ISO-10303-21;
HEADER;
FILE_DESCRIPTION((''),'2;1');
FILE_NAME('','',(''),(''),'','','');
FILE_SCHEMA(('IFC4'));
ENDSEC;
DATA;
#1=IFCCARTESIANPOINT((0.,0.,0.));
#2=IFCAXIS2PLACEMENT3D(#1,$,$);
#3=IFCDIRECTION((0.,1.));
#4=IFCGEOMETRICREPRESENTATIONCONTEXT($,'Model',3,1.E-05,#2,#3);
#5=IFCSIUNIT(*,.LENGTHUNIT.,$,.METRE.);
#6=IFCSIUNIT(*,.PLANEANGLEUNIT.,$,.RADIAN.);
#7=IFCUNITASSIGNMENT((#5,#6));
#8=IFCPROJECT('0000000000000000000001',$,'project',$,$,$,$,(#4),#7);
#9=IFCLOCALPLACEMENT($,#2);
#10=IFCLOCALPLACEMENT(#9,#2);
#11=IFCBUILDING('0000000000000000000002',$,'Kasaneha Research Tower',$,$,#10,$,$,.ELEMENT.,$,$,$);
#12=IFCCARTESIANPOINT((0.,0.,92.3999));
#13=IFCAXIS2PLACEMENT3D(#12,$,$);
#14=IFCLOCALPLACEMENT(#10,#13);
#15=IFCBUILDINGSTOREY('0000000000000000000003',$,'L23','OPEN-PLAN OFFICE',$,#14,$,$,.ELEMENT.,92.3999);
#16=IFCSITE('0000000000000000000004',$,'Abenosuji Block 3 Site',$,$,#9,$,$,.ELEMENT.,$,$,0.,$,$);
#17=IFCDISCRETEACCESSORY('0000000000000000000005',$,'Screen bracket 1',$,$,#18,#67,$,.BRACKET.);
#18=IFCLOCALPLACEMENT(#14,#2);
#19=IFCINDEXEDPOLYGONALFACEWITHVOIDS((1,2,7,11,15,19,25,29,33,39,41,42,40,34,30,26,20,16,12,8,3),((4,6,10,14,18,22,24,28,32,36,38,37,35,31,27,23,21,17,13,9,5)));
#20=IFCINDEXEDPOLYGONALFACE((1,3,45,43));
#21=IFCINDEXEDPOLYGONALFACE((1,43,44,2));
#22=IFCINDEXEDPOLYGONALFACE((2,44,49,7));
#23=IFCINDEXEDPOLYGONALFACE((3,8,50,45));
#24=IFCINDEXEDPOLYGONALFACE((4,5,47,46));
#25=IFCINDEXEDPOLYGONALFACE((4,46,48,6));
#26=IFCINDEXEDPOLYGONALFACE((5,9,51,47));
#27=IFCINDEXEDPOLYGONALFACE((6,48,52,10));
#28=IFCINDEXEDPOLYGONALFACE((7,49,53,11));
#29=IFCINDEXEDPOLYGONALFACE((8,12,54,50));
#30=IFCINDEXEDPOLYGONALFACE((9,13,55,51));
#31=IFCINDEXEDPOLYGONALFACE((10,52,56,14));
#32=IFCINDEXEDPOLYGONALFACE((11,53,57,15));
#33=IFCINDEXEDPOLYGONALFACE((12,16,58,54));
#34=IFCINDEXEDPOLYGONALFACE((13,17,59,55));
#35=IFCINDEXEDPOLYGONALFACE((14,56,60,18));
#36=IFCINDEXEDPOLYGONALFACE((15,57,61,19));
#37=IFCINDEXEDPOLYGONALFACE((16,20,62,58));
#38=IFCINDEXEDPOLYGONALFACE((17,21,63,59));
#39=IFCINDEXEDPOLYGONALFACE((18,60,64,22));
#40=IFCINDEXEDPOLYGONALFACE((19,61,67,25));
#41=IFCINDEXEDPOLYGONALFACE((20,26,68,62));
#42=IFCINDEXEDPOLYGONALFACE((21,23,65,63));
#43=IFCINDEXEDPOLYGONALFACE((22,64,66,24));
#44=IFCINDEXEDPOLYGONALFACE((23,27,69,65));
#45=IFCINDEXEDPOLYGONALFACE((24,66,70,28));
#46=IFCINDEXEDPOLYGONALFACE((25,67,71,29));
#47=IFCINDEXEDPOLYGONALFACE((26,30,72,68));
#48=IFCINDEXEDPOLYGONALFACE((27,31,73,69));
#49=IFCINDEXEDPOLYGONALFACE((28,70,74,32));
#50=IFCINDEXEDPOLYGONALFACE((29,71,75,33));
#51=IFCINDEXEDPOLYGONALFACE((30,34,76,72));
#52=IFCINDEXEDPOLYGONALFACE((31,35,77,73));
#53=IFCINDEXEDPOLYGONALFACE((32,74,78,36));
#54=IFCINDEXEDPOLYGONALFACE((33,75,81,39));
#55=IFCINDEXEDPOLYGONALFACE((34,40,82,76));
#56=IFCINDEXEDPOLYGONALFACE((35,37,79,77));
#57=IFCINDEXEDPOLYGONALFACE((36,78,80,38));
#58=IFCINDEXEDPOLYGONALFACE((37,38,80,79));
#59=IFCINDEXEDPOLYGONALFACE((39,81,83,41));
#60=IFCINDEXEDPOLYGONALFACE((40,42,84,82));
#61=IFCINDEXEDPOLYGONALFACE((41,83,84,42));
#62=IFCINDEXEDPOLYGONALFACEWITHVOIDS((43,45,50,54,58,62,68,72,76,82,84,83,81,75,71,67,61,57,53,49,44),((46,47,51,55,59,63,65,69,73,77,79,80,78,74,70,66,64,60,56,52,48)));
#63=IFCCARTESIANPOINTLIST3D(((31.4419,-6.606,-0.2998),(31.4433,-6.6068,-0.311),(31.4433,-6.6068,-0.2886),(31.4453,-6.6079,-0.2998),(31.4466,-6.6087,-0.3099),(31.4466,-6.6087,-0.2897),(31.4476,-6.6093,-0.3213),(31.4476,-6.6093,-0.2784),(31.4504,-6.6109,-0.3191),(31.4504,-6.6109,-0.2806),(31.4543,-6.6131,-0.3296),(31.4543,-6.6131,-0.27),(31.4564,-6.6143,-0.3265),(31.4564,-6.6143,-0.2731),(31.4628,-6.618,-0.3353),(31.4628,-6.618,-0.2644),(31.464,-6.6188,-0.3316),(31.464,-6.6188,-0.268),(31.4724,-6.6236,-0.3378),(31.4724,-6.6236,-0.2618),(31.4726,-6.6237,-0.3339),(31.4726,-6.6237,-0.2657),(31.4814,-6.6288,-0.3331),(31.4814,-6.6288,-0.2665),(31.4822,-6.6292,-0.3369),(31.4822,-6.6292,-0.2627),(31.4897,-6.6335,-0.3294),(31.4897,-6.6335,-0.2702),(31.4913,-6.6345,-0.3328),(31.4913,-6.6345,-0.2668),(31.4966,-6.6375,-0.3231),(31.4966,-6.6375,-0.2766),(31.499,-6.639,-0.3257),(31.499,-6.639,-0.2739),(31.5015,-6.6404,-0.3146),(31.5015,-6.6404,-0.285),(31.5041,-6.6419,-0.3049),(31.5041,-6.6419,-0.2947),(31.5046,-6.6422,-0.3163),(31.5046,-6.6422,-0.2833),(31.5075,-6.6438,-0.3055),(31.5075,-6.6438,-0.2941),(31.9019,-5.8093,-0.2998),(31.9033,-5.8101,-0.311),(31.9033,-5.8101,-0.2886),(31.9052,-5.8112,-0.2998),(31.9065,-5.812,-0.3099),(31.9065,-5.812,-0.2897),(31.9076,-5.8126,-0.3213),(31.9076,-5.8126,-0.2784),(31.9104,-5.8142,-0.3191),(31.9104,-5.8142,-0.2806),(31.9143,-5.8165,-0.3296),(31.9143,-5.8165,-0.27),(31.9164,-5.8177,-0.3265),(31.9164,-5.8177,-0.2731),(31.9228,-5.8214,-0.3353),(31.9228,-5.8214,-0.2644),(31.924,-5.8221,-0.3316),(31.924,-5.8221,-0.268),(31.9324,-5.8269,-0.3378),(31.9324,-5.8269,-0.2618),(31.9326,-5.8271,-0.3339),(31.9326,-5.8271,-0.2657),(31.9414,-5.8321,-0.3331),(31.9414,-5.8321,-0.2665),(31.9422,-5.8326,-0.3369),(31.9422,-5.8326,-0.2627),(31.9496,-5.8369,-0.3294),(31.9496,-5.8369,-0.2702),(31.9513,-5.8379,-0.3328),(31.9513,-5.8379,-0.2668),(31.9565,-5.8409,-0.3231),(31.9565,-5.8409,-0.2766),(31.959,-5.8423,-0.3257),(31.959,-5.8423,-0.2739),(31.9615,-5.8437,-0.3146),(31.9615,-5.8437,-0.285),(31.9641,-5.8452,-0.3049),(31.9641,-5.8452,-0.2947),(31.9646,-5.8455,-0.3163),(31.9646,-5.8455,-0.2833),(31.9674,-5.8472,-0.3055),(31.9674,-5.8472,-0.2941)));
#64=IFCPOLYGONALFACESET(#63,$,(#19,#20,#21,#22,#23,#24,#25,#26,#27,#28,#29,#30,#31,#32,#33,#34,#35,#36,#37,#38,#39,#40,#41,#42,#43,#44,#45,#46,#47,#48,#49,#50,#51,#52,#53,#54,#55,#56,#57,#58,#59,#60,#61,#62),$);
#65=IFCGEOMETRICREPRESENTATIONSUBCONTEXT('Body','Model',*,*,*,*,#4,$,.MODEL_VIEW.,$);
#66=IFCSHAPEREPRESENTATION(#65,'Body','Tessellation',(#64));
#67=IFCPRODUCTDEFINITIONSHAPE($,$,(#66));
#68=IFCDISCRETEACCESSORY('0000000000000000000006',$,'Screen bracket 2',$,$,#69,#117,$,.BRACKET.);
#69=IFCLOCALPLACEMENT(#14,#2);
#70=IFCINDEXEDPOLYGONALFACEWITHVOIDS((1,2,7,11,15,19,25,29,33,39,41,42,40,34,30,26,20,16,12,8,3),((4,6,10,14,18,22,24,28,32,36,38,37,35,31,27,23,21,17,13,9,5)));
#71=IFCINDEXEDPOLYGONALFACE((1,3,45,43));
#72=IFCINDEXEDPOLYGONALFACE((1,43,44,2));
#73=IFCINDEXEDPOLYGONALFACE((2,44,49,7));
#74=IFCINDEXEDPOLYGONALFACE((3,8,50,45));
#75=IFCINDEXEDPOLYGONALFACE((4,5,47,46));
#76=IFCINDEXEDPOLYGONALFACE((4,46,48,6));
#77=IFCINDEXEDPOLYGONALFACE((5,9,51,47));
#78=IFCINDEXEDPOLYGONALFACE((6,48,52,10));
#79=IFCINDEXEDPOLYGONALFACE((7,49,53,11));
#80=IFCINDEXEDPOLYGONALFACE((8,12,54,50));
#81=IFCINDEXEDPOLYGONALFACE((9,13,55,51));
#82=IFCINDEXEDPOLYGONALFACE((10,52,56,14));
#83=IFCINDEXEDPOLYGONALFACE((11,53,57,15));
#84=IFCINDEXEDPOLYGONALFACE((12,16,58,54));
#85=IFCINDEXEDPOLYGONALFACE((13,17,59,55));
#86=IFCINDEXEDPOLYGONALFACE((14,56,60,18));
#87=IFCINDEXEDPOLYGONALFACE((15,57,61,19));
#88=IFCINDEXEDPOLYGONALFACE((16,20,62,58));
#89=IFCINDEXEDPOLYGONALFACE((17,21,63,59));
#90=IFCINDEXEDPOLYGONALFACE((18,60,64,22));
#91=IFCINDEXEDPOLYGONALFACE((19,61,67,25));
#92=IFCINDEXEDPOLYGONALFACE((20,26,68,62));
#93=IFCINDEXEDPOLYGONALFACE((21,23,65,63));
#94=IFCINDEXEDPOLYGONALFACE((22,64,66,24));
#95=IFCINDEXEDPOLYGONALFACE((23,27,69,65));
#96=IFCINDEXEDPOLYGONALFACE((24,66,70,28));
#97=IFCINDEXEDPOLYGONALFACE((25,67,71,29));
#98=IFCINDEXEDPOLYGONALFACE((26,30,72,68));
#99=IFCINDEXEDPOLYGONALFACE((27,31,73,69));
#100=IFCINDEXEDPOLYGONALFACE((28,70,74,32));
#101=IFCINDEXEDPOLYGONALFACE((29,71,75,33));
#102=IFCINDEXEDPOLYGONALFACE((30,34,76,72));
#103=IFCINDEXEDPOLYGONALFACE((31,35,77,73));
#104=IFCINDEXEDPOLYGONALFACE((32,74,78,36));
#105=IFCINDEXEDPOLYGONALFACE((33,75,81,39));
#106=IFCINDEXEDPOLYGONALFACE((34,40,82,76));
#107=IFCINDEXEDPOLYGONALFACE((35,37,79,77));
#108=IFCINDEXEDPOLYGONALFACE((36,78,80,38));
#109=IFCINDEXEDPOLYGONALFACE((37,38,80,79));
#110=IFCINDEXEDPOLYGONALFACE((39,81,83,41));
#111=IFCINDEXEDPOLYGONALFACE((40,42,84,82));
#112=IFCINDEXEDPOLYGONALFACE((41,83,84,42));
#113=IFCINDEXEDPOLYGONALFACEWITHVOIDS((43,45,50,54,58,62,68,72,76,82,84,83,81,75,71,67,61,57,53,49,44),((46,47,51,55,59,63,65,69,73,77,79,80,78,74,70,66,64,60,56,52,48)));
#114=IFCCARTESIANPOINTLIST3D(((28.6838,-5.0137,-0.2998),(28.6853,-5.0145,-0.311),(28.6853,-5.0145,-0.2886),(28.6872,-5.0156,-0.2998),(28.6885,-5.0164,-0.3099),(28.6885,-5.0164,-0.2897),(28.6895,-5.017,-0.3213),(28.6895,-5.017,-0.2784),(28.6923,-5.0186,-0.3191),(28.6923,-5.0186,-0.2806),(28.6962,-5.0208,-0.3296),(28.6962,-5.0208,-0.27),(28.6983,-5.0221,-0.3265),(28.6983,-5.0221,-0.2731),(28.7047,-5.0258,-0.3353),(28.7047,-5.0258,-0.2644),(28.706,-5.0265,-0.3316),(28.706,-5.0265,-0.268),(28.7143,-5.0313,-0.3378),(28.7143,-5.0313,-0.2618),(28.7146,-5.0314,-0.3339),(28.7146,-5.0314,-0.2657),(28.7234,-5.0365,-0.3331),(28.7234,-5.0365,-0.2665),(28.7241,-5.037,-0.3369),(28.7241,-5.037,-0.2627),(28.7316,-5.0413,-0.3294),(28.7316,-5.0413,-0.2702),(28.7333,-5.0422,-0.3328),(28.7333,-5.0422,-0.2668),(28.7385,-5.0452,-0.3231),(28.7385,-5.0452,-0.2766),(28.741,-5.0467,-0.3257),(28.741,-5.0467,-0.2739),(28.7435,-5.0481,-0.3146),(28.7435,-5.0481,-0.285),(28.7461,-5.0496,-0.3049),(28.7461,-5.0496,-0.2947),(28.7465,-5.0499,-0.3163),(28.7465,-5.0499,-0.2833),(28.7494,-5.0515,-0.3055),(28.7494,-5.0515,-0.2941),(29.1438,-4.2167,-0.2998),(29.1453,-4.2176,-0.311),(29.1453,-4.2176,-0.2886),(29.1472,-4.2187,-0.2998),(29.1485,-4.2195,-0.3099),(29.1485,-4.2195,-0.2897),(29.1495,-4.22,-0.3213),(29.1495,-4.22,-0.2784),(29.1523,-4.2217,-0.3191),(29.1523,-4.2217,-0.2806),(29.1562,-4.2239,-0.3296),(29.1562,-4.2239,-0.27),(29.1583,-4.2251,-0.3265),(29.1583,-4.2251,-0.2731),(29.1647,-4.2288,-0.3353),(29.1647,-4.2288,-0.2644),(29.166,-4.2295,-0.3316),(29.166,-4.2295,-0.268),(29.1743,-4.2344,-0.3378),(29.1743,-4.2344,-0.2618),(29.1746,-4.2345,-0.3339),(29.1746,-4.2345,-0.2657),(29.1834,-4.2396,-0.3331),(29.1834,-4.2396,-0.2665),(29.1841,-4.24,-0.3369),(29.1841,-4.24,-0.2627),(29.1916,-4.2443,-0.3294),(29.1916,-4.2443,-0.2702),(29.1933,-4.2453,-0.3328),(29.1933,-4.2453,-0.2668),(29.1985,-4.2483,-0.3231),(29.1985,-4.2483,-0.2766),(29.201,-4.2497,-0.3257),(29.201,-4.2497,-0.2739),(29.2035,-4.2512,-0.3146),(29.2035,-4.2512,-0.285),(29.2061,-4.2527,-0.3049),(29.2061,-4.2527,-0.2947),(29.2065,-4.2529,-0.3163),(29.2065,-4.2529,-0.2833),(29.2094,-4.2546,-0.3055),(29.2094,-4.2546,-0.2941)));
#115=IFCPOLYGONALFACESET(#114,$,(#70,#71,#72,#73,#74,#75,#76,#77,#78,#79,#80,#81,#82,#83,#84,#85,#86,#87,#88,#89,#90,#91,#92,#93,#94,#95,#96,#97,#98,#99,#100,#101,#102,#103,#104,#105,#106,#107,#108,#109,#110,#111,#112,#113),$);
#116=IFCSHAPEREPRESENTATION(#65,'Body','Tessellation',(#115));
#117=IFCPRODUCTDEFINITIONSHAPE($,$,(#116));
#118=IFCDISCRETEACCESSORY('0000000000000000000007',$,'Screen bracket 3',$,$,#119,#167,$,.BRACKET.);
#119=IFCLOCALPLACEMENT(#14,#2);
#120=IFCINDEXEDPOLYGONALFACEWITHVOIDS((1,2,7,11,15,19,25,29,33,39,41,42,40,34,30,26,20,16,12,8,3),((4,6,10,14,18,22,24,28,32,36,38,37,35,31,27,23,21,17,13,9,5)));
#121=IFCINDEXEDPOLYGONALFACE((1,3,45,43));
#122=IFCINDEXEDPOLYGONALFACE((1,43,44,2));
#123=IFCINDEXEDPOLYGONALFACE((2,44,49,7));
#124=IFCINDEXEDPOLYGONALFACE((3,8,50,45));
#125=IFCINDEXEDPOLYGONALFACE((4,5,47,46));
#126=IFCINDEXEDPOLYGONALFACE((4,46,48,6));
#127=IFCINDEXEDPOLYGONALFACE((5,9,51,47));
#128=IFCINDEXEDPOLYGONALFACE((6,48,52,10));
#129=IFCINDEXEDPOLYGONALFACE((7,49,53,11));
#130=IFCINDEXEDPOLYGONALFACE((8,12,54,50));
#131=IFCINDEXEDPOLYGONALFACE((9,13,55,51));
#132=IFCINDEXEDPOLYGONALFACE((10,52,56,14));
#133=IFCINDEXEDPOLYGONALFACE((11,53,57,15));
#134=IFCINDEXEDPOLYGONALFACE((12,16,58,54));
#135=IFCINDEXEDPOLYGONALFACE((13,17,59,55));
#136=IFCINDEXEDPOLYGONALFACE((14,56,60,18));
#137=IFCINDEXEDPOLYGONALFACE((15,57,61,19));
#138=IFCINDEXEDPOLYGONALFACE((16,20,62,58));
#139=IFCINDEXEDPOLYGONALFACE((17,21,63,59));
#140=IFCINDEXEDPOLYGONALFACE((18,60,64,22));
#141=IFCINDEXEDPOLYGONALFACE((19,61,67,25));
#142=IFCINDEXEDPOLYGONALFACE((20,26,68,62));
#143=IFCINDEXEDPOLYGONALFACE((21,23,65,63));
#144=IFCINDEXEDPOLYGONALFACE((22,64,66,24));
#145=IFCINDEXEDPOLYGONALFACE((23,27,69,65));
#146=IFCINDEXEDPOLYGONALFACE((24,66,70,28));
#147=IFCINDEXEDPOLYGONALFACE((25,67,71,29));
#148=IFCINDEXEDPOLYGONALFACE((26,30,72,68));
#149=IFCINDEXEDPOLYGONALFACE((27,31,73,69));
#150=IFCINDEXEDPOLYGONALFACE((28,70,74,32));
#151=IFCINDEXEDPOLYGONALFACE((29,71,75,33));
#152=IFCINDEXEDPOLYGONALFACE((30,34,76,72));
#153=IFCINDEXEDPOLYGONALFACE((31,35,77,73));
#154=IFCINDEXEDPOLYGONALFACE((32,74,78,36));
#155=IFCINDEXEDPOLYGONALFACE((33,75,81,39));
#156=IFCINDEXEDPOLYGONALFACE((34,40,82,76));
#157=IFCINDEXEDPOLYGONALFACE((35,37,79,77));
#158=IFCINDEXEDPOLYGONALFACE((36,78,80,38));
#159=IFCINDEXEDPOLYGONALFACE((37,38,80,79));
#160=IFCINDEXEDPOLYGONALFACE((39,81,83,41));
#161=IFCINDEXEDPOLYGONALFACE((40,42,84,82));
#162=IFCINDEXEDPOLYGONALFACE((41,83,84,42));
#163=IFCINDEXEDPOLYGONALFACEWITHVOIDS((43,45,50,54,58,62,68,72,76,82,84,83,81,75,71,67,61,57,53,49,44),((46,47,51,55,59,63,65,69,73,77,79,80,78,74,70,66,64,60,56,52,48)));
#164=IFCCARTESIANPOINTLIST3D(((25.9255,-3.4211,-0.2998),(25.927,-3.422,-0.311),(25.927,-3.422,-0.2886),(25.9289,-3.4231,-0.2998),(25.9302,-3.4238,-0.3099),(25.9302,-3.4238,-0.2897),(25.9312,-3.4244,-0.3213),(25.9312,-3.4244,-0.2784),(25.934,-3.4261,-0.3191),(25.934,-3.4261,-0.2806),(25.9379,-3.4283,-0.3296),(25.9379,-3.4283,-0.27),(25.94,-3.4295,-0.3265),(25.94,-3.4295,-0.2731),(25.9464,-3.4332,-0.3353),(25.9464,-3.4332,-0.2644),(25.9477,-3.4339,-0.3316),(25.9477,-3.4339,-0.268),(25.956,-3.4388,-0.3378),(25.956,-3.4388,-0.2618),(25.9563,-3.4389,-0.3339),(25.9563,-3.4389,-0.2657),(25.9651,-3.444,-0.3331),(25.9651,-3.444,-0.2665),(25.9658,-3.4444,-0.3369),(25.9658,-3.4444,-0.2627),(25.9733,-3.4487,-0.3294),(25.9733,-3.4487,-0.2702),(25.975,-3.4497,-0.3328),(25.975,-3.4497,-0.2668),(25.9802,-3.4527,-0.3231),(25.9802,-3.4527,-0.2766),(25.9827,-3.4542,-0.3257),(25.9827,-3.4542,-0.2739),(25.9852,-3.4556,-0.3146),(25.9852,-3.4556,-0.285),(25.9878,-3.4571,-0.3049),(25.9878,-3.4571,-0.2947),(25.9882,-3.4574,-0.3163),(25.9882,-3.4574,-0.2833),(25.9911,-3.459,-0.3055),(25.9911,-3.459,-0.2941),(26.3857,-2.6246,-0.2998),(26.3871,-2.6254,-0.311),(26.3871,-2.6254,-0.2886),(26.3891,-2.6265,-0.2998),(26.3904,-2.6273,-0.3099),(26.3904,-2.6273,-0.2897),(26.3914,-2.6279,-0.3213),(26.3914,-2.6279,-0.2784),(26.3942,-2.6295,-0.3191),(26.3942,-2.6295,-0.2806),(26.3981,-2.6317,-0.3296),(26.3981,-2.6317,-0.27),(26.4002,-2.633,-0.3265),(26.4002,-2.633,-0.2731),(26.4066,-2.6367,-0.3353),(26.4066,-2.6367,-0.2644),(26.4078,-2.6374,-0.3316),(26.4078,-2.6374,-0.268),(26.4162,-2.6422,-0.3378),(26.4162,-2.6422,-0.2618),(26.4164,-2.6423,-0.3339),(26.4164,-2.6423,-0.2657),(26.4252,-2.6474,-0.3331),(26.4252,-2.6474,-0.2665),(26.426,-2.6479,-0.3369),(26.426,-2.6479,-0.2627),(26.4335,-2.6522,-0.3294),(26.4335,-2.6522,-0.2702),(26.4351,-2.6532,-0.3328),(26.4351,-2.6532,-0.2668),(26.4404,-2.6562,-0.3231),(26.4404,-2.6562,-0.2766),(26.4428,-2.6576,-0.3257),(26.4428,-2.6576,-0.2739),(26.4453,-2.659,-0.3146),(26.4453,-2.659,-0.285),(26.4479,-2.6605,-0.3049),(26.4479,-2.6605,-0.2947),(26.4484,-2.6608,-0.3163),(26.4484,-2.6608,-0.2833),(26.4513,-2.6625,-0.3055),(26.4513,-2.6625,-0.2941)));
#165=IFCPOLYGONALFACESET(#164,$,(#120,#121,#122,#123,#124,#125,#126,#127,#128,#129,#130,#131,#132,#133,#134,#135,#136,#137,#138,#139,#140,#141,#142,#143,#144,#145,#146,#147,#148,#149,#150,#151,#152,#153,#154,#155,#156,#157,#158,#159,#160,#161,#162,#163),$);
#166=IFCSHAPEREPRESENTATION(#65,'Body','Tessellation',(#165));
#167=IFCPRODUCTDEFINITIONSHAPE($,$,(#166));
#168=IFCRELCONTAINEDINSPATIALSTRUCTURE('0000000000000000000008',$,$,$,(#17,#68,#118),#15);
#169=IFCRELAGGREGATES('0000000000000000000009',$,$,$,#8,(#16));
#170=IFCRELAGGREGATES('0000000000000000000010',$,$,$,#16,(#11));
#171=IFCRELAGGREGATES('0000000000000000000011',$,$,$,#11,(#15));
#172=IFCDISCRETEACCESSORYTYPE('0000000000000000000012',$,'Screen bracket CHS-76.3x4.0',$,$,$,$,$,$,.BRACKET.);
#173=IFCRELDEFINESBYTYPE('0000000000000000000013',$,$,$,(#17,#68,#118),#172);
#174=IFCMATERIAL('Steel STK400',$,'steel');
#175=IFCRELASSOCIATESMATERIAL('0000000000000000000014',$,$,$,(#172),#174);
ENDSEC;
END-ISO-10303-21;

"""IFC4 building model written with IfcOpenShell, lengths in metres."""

from ifc_helpers import new_model, si_unit, direction, frame, origin, origin_2d, place, context, subcontext, project, spatial, hollow_circle, extrude, material, material_profile, profile_set, type_object, element, save


model = new_model("IFC4")

# Units and contexts
model_context = context("Model", 3, precision=1e-05, world=origin(), true_north=direction((0.0, 1.0)))
body_context = subcontext(model_context, "Body", "Model", "MODEL_VIEW")
ifc_project = project(units=[si_unit("LENGTHUNIT", "METRE"), si_unit("PLANEANGLEUNIT", "RADIAN")], contexts=[model_context])

# Site, building, storey
site_placement = place(None, origin())
site = spatial("IfcSite", under=ifc_project, at=site_placement, Name="Abenosuji Block 3 Site", CompositionType="ELEMENT", RefElevation=0.0)
building_placement = place(site_placement, origin())
building = spatial("IfcBuilding", under=site, at=building_placement, Name="Kasaneha Research Tower", CompositionType="ELEMENT")
storey_placement = place(building_placement, frame((0.0, 0.0, 92.3999)))
storey = spatial("IfcBuildingStorey", under=building, at=storey_placement, Name="L23", Description="OPEN-PLAN OFFICE", CompositionType="ELEMENT", Elevation=92.3999)

# Discrete accessories
ifc_material_1 = material(Name="Steel STK400", Category="steel")
ifc_material_profile_1 = material_profile(ifc_material_1, hollow_circle(Radius=0.0381, WallThickness=0.0039, at=origin_2d()), Name="CHS-76.3x4.0")
ifc_profile_set_1 = profile_set([ifc_material_profile_1], Name="Steel STK400")
discrete_accessory_type = type_object("IfcDiscreteAccessoryType", Name="Screen bracket CHS-76.3x4.0", PredefinedType="BRACKET", material=ifc_profile_set_1)
discrete_accessory_1_placement = place(storey_placement, frame((31.4749, -6.625, -0.2998), z_axis=(0.500021, 0.866013, 0.0), x_axis=(-0.866013, 0.500021, 0.0)))
element("IfcDiscreteAccessory", 1, at=discrete_accessory_1_placement, inside=storey, type_object=discrete_accessory_type, Name="Screen bracket 1", PredefinedType="BRACKET", context=body_context, shape_type="SweptSolid", body=[
    extrude(hollow_circle(Radius=0.0381, WallThickness=0.0039, at=origin_2d()), origin(), (0.0, 0.0, 1.0), 0.9199),
])
discrete_accessory_2_placement = place(storey_placement, frame((28.7168, -5.0327, -0.2998), z_axis=(0.499906, 0.86608, 0.0), x_axis=(-0.86608, 0.499906, 0.0)))
element("IfcDiscreteAccessory", 2, at=discrete_accessory_2_placement, inside=storey, type_object=discrete_accessory_type, Name="Screen bracket 2", PredefinedType="BRACKET", context=body_context, shape_type="SweptSolid", body=[
    extrude(hollow_circle(Radius=0.0381, WallThickness=0.0039, at=origin_2d()), origin(), (0.0, 0.0, 1.0), 0.9202),
])
discrete_accessory_3_placement = place(storey_placement, frame((25.9585, -3.4402, -0.2998), z_axis=(0.50022, 0.865898, 0.0), x_axis=(-0.865898, 0.50022, 0.0)))
element("IfcDiscreteAccessory", 3, at=discrete_accessory_3_placement, inside=storey, type_object=discrete_accessory_type, Name="Screen bracket 3", PredefinedType="BRACKET", context=body_context, shape_type="SweptSolid", body=[
    extrude(hollow_circle(Radius=0.0381, WallThickness=0.0039, at=origin_2d()), origin(), (0.0, 0.0, 1.0), 0.9199),
])

save(model, "model.ifc")
